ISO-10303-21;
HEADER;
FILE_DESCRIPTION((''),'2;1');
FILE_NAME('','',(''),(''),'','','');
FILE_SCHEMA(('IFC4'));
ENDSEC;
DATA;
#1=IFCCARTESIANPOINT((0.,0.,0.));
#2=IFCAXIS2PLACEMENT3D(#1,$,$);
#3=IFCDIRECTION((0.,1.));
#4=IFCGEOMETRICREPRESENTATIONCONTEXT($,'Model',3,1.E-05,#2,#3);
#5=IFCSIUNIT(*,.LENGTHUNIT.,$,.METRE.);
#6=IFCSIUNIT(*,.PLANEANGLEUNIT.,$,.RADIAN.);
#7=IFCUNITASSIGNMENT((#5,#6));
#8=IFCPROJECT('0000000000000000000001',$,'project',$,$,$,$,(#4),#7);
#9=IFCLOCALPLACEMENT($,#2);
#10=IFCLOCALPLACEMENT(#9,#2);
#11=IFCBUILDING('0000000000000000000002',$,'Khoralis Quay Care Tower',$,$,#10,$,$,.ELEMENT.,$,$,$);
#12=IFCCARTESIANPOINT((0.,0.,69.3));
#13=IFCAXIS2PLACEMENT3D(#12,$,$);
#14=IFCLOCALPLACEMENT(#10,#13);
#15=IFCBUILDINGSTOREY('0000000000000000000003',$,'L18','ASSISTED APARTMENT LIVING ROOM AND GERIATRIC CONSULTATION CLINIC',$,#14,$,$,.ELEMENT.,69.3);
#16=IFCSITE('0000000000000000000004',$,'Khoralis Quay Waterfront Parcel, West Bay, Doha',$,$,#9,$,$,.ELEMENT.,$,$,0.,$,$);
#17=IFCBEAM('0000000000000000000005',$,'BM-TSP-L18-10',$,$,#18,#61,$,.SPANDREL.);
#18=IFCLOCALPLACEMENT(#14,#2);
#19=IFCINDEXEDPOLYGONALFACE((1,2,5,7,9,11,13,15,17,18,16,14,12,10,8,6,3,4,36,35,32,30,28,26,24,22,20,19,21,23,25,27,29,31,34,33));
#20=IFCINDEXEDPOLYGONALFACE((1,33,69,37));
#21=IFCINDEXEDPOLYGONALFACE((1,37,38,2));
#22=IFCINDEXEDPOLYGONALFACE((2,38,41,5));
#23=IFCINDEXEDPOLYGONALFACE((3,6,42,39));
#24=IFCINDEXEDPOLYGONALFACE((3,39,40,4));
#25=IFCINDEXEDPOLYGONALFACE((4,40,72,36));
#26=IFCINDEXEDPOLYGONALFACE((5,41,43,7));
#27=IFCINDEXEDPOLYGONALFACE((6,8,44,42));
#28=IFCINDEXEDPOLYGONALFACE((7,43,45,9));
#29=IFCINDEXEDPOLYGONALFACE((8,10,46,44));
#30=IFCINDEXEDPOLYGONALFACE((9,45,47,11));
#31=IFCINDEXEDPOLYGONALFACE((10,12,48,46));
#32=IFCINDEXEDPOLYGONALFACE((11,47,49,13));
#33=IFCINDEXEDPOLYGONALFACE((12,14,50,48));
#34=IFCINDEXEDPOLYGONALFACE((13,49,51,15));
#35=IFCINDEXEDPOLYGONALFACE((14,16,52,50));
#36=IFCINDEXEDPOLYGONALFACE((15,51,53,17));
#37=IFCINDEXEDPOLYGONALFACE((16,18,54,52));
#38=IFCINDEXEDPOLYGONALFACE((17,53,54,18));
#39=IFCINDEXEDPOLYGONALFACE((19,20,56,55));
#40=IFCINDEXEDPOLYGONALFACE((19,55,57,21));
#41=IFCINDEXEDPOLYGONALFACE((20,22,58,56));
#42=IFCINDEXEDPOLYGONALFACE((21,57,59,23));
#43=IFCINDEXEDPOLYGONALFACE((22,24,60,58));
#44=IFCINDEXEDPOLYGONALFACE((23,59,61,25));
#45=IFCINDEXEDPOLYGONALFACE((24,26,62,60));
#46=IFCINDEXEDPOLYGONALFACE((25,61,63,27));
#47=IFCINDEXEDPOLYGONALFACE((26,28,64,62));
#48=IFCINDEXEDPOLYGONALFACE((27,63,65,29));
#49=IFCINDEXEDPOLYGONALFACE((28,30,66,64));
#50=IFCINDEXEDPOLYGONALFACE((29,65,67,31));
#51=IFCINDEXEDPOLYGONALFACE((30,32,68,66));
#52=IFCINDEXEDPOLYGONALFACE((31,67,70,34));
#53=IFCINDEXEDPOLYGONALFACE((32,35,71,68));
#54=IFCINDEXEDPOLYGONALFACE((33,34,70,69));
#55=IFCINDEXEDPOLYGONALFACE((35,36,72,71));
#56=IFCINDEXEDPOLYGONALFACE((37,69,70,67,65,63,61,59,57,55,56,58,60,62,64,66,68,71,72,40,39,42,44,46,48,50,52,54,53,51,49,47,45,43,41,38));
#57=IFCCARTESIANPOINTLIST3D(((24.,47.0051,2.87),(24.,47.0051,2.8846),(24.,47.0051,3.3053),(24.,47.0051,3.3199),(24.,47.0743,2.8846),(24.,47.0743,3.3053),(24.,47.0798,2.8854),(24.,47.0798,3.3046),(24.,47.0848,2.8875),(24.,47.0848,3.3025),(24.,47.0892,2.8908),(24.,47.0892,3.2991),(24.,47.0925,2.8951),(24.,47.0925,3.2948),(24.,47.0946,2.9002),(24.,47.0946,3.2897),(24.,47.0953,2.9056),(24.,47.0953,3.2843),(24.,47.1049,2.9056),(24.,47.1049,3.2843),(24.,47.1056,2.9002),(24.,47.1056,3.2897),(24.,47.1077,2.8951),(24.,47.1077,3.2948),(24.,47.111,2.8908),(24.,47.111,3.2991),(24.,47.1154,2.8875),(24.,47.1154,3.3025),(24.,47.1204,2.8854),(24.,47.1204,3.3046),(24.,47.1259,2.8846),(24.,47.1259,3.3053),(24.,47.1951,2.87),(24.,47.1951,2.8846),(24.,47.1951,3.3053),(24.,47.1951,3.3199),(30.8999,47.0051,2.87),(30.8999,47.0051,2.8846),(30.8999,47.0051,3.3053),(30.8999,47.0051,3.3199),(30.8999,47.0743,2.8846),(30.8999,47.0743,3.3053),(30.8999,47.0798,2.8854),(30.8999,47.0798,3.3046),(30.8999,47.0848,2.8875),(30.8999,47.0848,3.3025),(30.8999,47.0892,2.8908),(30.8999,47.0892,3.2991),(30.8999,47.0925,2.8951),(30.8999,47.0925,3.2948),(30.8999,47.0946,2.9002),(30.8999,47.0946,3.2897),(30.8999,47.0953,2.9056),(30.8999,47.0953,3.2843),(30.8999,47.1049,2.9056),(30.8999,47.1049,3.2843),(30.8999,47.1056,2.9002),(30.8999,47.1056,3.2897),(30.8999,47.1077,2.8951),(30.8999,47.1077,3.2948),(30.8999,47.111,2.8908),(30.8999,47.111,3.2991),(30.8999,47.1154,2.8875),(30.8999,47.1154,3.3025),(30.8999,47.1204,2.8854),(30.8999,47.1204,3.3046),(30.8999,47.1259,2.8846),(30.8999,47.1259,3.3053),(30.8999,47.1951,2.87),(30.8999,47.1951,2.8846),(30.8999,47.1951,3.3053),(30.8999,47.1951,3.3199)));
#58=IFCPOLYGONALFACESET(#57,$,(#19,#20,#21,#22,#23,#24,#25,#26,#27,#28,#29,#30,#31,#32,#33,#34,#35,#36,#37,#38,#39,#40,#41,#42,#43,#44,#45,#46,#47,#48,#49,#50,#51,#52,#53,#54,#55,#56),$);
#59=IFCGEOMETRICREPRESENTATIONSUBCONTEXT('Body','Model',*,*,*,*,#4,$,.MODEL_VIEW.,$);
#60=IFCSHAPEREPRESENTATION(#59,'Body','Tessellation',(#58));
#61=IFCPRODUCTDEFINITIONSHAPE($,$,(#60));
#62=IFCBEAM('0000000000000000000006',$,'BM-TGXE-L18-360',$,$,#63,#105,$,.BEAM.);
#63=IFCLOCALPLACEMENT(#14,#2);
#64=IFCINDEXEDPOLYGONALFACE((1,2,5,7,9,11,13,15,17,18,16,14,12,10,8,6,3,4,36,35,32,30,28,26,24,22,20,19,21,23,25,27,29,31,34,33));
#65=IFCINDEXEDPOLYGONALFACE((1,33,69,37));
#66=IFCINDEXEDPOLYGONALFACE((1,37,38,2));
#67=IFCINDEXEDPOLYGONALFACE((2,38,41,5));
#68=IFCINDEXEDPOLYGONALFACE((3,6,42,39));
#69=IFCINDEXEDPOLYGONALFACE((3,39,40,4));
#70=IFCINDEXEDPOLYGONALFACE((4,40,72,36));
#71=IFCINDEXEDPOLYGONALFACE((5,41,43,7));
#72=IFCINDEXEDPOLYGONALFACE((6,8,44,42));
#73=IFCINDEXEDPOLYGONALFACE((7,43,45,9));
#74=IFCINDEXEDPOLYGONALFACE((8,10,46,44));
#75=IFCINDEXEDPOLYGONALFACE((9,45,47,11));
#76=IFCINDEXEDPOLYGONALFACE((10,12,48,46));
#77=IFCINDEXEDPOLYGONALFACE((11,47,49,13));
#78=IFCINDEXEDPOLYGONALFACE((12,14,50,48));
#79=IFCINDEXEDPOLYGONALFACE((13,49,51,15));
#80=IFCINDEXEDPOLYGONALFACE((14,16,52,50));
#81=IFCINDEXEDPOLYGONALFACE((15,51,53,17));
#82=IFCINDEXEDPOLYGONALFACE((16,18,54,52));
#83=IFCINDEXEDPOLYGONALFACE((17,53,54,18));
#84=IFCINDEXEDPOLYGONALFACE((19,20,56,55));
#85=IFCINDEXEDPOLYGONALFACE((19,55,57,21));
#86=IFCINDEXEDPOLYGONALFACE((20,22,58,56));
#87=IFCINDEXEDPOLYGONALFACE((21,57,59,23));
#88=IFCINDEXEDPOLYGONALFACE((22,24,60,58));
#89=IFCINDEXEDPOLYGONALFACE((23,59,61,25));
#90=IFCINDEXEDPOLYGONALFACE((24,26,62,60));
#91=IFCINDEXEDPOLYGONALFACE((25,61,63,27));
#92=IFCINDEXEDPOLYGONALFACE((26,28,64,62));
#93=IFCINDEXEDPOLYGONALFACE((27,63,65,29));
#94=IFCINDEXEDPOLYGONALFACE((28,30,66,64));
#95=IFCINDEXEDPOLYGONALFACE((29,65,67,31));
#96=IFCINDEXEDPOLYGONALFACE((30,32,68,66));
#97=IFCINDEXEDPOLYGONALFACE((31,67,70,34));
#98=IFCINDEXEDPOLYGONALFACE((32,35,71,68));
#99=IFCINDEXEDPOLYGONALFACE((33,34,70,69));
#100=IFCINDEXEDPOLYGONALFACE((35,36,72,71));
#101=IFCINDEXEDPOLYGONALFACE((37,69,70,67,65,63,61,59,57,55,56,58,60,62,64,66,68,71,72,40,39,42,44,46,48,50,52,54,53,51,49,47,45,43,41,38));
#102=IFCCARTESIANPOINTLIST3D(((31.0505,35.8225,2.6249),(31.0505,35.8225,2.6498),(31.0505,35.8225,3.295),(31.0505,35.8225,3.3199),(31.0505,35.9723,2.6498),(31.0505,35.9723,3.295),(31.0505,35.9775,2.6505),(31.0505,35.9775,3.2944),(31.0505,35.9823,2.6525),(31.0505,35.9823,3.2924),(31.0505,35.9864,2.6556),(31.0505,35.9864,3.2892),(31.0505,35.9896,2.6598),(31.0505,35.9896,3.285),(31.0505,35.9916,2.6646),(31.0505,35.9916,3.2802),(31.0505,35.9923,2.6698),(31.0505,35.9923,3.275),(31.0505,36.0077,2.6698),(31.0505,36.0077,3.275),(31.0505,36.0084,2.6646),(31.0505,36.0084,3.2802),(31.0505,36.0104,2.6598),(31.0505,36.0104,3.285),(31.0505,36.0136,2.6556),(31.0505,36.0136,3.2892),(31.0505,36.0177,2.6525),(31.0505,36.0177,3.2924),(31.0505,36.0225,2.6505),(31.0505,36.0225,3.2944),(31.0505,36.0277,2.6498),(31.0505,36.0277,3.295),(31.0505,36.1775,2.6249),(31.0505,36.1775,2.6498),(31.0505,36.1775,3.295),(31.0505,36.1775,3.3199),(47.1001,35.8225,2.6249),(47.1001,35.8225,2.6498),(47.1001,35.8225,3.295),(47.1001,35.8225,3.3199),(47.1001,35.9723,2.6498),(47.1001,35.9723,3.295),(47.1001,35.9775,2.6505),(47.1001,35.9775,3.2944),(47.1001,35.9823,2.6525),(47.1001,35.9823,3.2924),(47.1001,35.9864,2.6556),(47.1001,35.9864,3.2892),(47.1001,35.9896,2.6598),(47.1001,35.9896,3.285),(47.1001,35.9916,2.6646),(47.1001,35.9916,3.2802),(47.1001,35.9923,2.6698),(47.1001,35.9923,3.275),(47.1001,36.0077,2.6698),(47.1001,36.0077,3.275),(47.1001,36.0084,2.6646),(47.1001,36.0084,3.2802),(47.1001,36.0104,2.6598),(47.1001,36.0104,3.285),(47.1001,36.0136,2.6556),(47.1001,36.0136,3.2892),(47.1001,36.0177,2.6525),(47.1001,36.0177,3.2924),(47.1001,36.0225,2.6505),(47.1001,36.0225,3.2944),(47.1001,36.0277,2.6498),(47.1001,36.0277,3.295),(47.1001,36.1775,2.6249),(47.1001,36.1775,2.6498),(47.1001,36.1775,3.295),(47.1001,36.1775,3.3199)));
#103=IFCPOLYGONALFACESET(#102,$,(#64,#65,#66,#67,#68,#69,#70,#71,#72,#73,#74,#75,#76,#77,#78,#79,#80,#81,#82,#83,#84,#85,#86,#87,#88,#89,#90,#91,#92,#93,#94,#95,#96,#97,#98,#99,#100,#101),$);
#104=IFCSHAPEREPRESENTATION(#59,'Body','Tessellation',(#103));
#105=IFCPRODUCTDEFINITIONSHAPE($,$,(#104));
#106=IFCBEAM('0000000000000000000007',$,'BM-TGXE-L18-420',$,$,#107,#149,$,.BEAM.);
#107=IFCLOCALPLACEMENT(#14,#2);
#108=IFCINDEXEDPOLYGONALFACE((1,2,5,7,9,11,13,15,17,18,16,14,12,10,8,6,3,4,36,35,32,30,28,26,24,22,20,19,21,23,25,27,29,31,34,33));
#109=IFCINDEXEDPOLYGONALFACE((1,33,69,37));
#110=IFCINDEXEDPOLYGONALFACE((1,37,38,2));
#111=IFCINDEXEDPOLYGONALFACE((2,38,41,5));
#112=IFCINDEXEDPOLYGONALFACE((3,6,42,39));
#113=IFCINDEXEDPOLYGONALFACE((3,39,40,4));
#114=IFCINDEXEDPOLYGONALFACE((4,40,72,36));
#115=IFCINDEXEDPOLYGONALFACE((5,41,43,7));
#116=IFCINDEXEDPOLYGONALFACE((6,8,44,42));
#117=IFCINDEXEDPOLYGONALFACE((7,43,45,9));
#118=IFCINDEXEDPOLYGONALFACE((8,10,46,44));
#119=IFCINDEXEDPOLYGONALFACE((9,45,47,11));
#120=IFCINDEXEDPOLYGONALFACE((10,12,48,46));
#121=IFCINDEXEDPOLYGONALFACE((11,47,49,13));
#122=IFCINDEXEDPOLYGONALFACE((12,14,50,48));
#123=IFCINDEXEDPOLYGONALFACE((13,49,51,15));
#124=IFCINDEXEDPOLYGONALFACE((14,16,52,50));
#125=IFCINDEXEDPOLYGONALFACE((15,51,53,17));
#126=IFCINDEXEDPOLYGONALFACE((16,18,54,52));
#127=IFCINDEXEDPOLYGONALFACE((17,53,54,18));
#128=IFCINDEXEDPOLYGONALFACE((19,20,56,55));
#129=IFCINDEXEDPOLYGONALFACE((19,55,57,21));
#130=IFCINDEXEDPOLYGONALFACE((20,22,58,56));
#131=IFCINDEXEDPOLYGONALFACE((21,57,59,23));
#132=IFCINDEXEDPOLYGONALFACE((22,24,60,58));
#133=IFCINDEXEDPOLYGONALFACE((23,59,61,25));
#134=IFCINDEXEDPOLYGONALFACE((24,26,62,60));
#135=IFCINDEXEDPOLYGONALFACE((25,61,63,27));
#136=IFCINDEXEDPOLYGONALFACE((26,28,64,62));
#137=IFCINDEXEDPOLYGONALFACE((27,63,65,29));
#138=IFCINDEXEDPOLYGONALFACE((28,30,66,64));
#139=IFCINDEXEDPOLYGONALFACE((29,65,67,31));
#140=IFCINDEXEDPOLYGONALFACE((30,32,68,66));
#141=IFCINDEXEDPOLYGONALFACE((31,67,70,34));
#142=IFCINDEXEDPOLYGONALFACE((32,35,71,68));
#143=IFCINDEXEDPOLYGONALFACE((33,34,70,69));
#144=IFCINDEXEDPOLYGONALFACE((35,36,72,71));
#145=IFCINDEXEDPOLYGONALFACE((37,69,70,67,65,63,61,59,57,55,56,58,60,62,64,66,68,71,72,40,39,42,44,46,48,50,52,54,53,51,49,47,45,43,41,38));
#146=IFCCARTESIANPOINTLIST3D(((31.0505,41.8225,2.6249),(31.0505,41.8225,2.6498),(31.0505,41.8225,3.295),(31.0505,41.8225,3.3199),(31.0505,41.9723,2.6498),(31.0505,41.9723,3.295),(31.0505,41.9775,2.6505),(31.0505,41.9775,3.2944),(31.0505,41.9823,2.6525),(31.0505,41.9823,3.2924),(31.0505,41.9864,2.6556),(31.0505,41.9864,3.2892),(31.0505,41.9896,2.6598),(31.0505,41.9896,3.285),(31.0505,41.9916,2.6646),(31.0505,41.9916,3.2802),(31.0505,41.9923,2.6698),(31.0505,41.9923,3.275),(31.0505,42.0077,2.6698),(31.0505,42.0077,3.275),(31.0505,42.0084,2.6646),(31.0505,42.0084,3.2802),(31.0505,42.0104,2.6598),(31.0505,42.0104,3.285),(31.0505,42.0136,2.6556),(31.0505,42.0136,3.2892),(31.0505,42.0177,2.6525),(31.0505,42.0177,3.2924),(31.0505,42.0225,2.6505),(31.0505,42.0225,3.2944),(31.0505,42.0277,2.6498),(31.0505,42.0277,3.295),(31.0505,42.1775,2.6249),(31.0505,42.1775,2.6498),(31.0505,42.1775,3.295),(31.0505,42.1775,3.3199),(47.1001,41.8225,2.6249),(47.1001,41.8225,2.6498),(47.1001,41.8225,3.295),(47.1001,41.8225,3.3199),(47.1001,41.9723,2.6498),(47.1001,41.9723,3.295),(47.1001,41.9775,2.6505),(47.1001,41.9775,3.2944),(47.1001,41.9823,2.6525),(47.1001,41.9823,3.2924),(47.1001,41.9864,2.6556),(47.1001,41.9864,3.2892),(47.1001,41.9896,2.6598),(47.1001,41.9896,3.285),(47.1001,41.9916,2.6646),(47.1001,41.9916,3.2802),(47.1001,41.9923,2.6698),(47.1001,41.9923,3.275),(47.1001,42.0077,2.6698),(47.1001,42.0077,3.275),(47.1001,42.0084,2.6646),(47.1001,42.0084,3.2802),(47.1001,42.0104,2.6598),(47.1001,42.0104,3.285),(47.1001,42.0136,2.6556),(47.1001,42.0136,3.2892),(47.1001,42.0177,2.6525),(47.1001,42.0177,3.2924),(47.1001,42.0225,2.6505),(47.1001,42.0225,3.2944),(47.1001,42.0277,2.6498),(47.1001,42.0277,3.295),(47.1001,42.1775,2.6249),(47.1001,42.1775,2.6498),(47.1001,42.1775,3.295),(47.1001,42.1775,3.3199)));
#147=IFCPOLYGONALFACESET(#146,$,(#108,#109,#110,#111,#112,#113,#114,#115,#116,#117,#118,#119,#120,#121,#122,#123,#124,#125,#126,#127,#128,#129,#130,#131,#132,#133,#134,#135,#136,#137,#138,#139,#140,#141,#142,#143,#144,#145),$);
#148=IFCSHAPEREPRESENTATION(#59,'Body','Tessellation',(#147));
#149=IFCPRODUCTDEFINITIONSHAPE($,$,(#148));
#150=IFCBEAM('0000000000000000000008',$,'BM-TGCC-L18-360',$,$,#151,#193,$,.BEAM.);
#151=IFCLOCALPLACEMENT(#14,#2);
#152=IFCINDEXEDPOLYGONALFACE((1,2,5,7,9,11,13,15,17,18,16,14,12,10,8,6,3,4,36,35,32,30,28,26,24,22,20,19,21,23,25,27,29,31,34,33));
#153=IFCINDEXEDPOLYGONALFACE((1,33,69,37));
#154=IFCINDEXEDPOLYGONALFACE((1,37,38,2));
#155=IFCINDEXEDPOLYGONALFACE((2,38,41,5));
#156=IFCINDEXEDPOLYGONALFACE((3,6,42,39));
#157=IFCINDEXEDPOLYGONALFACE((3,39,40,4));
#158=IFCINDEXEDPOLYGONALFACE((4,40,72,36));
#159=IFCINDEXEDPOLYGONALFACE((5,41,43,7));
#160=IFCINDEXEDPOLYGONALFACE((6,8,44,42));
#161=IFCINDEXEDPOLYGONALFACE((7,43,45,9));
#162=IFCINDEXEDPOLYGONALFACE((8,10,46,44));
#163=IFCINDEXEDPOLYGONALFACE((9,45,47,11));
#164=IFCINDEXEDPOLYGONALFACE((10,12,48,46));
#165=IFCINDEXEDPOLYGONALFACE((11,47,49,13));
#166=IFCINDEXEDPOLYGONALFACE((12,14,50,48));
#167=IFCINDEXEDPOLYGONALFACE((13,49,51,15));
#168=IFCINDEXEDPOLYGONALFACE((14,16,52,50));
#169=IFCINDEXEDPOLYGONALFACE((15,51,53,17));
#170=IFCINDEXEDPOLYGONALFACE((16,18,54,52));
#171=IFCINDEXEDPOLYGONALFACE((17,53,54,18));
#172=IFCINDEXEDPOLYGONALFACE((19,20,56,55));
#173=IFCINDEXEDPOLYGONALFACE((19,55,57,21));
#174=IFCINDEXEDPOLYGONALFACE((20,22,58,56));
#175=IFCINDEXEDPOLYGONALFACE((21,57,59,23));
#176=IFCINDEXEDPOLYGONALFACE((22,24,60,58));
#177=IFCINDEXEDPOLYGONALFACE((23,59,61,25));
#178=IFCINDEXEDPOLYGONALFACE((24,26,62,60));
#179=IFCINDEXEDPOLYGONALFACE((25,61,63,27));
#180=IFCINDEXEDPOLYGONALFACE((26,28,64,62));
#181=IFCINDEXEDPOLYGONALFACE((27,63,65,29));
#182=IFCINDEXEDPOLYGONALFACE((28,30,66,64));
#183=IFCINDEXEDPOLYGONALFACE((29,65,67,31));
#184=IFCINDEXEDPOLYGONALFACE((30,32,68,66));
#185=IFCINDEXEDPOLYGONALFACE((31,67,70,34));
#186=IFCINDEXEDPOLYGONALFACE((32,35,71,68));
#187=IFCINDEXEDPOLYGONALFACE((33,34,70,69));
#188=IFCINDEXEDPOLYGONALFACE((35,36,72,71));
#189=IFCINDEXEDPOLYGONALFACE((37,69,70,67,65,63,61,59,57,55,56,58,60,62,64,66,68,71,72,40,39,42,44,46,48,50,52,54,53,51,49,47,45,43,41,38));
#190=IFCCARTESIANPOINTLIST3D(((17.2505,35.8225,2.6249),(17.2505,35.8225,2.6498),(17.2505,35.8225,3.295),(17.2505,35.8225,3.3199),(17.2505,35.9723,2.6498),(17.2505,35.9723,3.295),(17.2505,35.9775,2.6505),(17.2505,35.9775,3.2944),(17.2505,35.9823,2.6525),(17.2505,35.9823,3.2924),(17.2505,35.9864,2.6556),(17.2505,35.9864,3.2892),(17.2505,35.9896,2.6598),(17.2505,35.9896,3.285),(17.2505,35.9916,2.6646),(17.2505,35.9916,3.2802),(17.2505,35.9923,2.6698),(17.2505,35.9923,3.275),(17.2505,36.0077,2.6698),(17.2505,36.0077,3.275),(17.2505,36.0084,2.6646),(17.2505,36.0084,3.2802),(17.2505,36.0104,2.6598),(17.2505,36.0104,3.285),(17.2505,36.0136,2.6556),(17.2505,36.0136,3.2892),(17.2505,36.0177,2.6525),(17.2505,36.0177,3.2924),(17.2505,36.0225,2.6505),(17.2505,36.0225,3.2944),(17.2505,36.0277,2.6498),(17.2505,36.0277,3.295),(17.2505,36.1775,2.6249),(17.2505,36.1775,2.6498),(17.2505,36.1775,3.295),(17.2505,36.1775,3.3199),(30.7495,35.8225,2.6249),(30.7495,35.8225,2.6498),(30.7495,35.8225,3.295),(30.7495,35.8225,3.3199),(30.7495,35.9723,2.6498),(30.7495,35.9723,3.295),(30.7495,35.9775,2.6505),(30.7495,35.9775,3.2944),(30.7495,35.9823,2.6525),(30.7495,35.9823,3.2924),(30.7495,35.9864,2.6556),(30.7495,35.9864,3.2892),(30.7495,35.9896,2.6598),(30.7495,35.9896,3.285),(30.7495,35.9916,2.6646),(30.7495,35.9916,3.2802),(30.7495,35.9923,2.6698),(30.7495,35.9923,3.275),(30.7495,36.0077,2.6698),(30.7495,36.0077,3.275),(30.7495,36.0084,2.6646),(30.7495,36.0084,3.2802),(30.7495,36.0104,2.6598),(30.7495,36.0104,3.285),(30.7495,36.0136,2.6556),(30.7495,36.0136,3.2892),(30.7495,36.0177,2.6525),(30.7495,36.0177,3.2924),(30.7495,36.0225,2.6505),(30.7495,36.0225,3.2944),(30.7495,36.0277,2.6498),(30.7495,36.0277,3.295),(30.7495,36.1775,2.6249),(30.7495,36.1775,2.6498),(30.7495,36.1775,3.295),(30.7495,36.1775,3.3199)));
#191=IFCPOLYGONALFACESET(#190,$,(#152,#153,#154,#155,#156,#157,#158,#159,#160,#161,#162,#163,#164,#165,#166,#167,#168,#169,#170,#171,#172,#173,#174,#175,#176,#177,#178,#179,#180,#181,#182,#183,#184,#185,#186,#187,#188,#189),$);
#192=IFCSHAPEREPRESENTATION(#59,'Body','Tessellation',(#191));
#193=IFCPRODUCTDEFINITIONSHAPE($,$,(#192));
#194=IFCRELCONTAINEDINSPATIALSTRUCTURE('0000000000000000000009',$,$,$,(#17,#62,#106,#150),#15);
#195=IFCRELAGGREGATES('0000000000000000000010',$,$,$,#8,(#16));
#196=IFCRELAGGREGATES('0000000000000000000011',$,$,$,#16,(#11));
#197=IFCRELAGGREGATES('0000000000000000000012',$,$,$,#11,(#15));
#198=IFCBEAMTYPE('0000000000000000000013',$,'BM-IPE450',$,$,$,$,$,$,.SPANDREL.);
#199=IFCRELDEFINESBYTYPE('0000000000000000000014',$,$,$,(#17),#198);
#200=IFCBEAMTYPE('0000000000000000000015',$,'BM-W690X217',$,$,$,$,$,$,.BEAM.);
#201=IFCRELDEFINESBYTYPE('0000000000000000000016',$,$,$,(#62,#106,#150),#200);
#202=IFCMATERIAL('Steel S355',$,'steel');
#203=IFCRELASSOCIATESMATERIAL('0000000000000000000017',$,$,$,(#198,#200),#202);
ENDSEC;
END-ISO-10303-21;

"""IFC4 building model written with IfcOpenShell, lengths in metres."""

from ifc_helpers import new_model, si_unit, direction, frame, origin, origin_2d, place, context, subcontext, project, spatial, i_section, extrude, source, transform, mapped, material, material_profile, profile_set, type_object, element, save


model = new_model("IFC4")

# Units and contexts
model_context = context("Model", 3, precision=1e-05, world=origin(), true_north=direction((0.0, 1.0)))
body_context = subcontext(model_context, "Body", "Model", "MODEL_VIEW")
ifc_project = project(units=[si_unit("LENGTHUNIT", "METRE"), si_unit("PLANEANGLEUNIT", "RADIAN")], contexts=[model_context])

# Site, building, storey
site_placement = place(None, origin())
site = spatial("IfcSite", under=ifc_project, at=site_placement, Name="Khoralis Quay Waterfront Parcel, West Bay, Doha", CompositionType="ELEMENT", RefElevation=0.0)
building_placement = place(site_placement, origin())
building = spatial("IfcBuilding", under=site, at=building_placement, Name="Khoralis Quay Care Tower", CompositionType="ELEMENT")
storey_placement = place(building_placement, frame((0.0, 0.0, 69.3)))
storey = spatial("IfcBuildingStorey", under=building, at=storey_placement, Name="L18", Description="ASSISTED APARTMENT LIVING ROOM AND GERIATRIC CONSULTATION CLINIC", CompositionType="ELEMENT", Elevation=69.3)

# Beams
ifc_material_1 = material(Name="Steel S355", Category="steel")
ifc_material_profile_1 = material_profile(ifc_material_1, i_section(OverallWidth=0.1899, OverallDepth=0.45, WebThickness=0.0095, FlangeThickness=0.0146, FilletRadius=0.021, at=origin_2d()), Name="Steel S355")
ifc_profile_set_1 = profile_set([ifc_material_profile_1], Name="Steel S355")
beam_type_1 = type_object("IfcBeamType", Name="BM-IPE450", PredefinedType="SPANDREL", material=ifc_profile_set_1)
shared_shape_1 = source(origin(), body_context, "Body", "SweptSolid", [
    extrude(i_section(OverallWidth=0.1899, OverallDepth=0.45, WebThickness=0.0095, FlangeThickness=0.0146, FilletRadius=0.021, at=origin_2d()), origin(), (0.0, 0.0, 1.0), 6.8999),
])
for number, where, z_axis, x_axis, name in (
    (1, (24.0, 47.1001, 3.095), (1.0, 0.0, 0.0), (0.0, 1.0, 0.0), "BM-TSP-L18-10"),
):
    element("IfcBeam", number, at=place(storey_placement, frame(where, z_axis=z_axis, x_axis=x_axis)), inside=storey, type_object=beam_type_1, Name=name, PredefinedType="SPANDREL", context=body_context, shape_type="MappedRepresentation", body=[
        mapped(shared_shape_1, transform((0.0, 0.0, 0.0), scale=1.0)),
    ])
ifc_material_profile_2 = material_profile(ifc_material_1, i_section(OverallWidth=0.355, OverallDepth=0.6951, WebThickness=0.0154, FlangeThickness=0.0249, FilletRadius=0.02, at=origin_2d()), Name="Steel S355")
ifc_profile_set_2 = profile_set([ifc_material_profile_2], Name="Steel S355")
beam_type_2 = type_object("IfcBeamType", Name="BM-W690X217", PredefinedType="BEAM", material=ifc_profile_set_2)
shared_shape_2 = source(origin(), body_context, "Body", "SweptSolid", [
    extrude(i_section(OverallWidth=0.355, OverallDepth=0.6951, WebThickness=0.0154, FlangeThickness=0.0249, FilletRadius=0.02, at=origin_2d()), origin(), (0.0, 0.0, 1.0), 16.0496),
])
for number, where, z_axis, x_axis, name in (
    (2, (31.0505, 36.0, 2.9724), (1.0, 0.0, 0.0), (0.0, 1.0, 0.0), "BM-TGXE-L18-360"),
    (3, (31.0505, 42.0, 2.9724), (1.0, 0.0, 0.0), (0.0, 1.0, 0.0), "BM-TGXE-L18-420"),
):
    element("IfcBeam", number, at=place(storey_placement, frame(where, z_axis=z_axis, x_axis=x_axis)), inside=storey, type_object=beam_type_2, Name=name, PredefinedType="BEAM", context=body_context, shape_type="MappedRepresentation", body=[
        mapped(shared_shape_2, transform((0.0, 0.0, 0.0), scale=1.0)),
    ])
shared_shape_3 = source(origin(), body_context, "Body", "SweptSolid", [
    extrude(i_section(OverallWidth=0.355, OverallDepth=0.6951, WebThickness=0.0154, FlangeThickness=0.0249, FilletRadius=0.02, at=origin_2d()), origin(), (0.0, 0.0, 1.0), 13.499),
])
beam_1_placement = place(storey_placement, frame((17.2505, 36.0, 2.9724), z_axis=(1.0, 0.0, 0.0), x_axis=(0.0, 1.0, 0.0)))
element("IfcBeam", 4, at=beam_1_placement, inside=storey, type_object=beam_type_2, Name="BM-TGCC-L18-360", PredefinedType="BEAM", context=body_context, shape_type="MappedRepresentation", body=[
    mapped(shared_shape_3, transform((0.0, 0.0, 0.0), scale=1.0)),
])

save(model, "model.ifc")
